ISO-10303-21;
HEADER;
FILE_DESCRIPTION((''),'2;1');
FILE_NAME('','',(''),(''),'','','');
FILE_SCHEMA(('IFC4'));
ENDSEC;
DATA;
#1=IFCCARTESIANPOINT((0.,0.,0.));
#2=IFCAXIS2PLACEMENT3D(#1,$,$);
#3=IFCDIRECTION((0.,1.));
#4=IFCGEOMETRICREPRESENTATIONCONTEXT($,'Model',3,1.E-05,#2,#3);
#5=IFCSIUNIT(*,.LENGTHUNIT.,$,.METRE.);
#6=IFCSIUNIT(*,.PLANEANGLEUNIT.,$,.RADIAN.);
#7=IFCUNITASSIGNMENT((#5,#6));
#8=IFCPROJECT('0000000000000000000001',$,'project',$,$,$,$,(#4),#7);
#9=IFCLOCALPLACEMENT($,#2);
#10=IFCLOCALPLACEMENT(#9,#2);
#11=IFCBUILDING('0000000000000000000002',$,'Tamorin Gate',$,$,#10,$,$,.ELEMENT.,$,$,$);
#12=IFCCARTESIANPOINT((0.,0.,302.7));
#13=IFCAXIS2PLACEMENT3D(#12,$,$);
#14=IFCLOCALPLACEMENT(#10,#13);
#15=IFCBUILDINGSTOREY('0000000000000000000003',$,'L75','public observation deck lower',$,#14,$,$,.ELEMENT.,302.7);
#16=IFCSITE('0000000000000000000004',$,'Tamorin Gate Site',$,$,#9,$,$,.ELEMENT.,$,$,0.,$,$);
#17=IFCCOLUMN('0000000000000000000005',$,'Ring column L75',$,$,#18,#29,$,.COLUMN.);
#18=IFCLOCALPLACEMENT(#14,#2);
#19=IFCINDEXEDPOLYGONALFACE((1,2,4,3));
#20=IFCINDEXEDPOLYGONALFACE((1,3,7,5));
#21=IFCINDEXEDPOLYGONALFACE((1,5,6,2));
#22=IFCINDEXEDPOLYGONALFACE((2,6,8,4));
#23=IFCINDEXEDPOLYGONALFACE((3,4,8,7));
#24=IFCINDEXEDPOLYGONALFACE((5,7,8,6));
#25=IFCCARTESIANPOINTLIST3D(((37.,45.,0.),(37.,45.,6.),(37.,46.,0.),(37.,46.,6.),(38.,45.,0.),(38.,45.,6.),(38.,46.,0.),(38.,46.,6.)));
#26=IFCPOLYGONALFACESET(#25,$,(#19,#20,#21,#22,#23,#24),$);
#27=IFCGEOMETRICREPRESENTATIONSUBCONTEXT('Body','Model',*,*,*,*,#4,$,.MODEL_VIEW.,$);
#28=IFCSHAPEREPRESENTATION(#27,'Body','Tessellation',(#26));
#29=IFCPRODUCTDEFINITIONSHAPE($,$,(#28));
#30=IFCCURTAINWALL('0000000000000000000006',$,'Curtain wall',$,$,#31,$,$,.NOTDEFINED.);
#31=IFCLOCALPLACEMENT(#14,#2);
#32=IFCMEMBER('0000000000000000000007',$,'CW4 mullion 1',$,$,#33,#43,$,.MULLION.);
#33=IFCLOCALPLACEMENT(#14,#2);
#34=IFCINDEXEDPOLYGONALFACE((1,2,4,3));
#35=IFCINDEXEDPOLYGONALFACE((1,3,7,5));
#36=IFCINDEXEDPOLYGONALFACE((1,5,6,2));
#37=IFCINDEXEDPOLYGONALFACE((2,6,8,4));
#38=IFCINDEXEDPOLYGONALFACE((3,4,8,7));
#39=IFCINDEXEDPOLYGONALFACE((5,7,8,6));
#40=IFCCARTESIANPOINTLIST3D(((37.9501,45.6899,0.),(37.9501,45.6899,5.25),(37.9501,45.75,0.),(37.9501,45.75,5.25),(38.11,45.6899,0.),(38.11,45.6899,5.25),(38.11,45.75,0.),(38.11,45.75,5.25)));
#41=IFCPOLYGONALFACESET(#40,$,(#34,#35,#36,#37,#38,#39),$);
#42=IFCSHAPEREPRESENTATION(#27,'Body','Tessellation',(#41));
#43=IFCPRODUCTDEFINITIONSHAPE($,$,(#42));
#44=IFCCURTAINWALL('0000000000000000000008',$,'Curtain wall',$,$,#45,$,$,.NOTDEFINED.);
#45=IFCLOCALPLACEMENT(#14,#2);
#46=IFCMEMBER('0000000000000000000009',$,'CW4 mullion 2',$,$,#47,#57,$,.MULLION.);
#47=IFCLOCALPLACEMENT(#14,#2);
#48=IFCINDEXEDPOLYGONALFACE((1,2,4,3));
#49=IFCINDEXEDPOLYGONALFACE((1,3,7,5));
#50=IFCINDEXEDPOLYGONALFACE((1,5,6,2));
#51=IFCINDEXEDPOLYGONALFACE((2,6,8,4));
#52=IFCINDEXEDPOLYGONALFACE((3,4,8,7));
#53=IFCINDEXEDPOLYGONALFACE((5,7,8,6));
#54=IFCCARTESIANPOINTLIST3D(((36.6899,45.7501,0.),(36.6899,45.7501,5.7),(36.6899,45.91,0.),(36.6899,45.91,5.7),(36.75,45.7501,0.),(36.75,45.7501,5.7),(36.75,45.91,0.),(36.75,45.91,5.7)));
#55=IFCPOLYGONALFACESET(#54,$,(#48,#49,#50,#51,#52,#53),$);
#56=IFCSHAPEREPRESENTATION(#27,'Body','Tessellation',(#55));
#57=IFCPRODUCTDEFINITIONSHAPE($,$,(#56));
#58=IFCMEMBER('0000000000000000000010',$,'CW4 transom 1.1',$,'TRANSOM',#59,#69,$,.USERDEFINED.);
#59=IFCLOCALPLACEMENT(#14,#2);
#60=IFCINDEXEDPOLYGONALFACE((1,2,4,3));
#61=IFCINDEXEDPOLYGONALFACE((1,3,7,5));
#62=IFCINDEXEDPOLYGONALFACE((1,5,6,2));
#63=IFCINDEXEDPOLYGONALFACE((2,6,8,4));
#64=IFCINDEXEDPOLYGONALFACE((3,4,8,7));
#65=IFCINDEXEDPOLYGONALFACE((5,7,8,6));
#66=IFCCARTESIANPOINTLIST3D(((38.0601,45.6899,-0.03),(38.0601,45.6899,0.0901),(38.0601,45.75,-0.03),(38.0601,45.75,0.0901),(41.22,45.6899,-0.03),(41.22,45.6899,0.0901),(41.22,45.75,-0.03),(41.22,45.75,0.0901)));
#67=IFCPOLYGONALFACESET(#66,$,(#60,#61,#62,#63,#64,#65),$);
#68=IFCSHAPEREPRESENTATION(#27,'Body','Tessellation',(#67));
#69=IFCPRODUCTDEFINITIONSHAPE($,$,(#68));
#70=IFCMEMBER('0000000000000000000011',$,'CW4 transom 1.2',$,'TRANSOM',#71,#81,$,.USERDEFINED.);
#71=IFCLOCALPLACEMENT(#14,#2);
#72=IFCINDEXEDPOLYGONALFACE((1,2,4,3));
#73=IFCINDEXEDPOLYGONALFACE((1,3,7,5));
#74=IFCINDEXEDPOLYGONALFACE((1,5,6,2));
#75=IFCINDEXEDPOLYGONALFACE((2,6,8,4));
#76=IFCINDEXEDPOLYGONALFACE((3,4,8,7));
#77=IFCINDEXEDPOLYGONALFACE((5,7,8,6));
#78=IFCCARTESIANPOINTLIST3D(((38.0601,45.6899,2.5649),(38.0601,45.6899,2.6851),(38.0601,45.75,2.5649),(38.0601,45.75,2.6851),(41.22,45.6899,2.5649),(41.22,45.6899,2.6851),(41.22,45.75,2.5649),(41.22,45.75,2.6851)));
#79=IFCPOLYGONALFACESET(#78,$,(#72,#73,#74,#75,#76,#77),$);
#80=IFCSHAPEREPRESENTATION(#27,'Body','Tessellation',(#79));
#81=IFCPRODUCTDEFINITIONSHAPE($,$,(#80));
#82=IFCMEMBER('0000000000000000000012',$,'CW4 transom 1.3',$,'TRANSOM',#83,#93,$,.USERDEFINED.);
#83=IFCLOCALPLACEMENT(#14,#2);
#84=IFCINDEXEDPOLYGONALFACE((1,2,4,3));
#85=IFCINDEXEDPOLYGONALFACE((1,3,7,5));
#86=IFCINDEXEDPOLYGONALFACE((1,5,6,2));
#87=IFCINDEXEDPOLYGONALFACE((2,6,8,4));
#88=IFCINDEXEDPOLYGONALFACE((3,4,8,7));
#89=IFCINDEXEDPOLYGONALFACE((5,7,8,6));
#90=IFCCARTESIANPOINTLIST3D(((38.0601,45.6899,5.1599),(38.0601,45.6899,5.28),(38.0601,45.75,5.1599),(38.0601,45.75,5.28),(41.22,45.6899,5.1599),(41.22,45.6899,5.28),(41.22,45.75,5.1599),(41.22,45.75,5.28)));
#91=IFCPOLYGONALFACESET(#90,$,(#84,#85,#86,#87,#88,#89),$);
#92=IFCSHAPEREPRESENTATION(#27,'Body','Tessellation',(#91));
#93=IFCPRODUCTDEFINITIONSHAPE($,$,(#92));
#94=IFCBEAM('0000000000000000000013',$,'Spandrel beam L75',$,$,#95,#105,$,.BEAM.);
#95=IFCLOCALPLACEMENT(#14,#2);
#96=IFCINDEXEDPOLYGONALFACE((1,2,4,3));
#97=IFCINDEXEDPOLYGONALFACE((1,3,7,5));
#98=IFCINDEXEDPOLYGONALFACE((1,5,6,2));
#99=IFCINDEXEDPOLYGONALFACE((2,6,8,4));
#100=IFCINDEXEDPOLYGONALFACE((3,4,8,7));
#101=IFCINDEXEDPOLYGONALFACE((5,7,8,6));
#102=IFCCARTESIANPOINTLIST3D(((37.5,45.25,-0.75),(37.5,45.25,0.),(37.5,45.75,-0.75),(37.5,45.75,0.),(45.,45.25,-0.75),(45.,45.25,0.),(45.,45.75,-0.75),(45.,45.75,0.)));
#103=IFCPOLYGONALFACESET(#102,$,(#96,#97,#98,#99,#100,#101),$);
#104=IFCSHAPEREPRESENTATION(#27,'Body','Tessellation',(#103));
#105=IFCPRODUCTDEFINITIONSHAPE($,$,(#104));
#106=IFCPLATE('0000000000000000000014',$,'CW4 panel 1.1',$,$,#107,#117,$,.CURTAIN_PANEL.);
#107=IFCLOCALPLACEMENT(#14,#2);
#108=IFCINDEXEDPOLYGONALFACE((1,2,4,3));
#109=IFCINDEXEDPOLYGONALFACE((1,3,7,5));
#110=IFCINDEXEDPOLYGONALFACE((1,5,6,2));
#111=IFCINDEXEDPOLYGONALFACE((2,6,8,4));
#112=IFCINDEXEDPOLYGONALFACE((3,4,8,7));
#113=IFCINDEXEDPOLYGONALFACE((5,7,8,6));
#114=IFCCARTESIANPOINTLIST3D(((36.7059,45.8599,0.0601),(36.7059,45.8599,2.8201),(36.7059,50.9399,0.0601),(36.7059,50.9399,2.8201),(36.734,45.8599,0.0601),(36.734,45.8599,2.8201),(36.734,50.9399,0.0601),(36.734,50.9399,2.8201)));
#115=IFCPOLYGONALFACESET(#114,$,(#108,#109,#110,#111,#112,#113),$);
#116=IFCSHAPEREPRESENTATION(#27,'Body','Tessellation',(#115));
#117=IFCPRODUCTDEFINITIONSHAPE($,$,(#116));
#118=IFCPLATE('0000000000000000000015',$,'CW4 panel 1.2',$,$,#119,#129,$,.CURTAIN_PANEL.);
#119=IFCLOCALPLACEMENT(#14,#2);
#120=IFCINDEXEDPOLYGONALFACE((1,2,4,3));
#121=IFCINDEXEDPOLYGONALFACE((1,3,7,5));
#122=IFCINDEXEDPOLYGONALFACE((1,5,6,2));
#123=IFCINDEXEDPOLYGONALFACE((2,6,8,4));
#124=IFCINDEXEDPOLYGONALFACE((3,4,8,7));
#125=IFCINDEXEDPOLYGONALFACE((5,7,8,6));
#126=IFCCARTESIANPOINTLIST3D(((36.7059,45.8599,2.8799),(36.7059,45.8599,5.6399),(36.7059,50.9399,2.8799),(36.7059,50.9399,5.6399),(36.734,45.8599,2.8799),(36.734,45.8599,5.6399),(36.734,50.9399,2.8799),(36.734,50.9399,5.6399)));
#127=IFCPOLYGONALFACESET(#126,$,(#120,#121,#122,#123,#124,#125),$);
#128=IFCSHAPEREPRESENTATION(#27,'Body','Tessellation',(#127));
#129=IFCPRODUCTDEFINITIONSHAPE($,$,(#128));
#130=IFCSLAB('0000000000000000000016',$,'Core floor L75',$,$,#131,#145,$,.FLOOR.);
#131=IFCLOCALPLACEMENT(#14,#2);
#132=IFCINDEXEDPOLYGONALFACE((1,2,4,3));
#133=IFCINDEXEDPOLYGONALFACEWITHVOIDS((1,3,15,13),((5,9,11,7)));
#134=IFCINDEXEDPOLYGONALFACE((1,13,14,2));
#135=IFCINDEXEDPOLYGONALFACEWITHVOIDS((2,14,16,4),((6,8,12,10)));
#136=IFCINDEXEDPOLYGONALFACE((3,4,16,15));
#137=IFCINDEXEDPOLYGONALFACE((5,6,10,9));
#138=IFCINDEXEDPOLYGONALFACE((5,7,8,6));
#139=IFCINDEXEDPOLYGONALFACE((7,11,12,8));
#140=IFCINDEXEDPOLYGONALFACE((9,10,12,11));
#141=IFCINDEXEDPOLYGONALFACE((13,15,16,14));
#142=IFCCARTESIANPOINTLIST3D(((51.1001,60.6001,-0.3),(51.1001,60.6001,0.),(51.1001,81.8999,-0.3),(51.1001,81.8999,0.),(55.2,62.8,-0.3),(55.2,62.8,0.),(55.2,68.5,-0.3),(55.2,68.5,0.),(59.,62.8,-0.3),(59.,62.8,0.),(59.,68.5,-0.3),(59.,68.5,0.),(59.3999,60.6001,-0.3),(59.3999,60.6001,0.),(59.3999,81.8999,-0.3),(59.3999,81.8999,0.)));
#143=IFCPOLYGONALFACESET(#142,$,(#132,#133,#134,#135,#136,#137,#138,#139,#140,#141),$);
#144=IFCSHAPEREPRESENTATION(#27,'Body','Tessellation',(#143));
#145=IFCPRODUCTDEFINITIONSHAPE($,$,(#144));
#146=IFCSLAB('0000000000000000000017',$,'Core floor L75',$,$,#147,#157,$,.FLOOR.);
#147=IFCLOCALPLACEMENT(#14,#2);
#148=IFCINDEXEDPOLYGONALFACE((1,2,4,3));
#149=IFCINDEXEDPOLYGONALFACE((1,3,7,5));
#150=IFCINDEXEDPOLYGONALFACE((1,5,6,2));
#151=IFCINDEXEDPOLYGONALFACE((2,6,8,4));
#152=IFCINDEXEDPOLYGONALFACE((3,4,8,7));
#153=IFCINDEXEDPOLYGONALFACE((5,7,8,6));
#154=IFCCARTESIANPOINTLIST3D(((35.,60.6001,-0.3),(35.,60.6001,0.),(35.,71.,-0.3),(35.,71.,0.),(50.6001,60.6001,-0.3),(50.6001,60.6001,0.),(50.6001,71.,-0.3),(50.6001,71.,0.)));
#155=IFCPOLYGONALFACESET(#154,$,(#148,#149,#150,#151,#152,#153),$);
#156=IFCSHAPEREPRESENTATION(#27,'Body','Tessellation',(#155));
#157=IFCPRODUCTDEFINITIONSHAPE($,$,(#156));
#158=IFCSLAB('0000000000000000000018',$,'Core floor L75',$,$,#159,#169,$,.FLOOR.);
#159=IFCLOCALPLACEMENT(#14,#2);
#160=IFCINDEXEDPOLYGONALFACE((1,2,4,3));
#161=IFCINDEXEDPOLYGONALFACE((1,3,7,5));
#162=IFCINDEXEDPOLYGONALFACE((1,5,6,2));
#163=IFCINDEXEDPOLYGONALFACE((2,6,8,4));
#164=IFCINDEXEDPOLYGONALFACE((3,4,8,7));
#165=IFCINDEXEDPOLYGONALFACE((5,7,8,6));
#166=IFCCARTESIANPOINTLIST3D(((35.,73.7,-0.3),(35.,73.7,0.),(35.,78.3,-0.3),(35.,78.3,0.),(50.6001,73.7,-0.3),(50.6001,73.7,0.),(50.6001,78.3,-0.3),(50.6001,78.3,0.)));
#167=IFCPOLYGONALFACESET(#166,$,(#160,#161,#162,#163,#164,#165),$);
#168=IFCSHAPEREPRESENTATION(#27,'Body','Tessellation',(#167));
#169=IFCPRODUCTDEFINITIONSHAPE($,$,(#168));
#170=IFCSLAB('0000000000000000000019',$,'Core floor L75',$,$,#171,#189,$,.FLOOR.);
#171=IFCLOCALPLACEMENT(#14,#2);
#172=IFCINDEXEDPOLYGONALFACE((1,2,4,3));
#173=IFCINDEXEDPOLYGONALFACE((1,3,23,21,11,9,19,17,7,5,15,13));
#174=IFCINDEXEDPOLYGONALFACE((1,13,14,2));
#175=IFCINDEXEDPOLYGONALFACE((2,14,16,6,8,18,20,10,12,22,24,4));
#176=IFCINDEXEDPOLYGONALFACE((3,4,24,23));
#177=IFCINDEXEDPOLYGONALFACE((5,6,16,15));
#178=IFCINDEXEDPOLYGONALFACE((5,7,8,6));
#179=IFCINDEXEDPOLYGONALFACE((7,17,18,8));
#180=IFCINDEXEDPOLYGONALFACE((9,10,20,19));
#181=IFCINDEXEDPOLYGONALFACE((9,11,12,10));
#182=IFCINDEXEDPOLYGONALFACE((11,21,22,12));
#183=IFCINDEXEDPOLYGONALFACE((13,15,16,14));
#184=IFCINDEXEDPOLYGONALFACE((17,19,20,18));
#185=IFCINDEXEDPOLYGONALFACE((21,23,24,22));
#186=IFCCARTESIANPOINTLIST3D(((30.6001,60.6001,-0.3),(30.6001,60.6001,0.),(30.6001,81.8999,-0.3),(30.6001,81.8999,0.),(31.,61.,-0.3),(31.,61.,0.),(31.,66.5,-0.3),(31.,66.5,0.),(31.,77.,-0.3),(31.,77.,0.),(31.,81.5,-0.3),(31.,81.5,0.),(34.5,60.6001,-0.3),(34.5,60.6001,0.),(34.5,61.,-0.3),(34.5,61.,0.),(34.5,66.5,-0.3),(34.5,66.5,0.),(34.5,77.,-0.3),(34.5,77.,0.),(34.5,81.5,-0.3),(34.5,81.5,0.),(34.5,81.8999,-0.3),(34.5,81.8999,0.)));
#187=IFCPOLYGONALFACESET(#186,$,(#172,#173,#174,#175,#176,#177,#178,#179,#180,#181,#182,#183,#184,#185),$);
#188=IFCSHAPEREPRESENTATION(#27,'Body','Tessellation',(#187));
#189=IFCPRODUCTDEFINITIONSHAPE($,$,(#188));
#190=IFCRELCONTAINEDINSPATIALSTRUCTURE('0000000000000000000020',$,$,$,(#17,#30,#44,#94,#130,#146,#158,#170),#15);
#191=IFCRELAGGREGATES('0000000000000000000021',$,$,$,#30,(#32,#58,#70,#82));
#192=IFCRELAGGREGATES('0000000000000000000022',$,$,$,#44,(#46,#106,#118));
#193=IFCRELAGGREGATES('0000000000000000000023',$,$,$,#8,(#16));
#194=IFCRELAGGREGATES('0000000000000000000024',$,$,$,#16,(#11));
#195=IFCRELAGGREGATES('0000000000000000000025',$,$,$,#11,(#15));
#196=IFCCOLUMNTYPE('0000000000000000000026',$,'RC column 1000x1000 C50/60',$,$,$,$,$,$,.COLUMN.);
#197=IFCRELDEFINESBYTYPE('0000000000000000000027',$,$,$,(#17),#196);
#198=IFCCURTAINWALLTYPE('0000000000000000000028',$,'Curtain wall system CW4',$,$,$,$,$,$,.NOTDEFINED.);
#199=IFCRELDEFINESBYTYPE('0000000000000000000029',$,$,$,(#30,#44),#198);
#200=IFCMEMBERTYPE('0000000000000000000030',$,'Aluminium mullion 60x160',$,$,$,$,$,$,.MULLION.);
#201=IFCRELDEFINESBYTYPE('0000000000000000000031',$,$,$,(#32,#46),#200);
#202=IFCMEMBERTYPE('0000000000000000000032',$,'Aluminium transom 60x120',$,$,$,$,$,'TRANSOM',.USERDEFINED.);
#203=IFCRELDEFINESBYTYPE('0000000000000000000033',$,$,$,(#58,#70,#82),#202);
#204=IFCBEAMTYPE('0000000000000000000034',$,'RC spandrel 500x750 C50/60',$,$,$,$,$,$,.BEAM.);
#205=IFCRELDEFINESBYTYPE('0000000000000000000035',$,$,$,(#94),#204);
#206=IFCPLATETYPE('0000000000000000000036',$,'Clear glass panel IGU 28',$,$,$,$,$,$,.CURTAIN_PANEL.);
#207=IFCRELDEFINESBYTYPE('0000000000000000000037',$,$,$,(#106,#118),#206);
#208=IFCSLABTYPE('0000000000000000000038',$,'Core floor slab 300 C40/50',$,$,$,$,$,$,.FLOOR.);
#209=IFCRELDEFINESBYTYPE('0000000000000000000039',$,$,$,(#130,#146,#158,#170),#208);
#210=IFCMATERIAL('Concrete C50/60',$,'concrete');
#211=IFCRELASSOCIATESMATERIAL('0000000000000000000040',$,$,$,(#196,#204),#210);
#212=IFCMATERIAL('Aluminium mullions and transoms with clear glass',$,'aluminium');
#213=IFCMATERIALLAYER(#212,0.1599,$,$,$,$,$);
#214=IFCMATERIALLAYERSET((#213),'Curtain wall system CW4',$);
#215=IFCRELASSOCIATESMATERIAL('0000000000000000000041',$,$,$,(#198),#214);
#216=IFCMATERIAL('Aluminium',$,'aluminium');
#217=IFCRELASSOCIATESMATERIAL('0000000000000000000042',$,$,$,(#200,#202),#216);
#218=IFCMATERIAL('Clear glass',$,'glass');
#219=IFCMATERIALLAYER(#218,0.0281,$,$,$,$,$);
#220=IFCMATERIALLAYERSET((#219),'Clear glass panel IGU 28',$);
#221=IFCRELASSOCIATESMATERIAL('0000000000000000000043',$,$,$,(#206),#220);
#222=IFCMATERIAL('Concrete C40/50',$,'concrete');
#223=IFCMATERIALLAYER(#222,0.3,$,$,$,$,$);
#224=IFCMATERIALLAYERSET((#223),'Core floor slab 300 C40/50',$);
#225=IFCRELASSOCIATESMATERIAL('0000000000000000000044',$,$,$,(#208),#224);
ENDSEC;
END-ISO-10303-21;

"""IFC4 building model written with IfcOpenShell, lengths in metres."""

from ifc_helpers import new_model, si_unit, direction, frame, origin, origin_2d, place, context, subcontext, project, spatial, polyline, rectangle, outline, extrude, material, layer, layer_set, material_profile, profile_set, type_object, element, aggregate, save


model = new_model("IFC4")

# Units and contexts
model_context = context("Model", 3, precision=1e-05, world=origin(), true_north=direction((0.0, 1.0)))
body_context = subcontext(model_context, "Body", "Model", "MODEL_VIEW")
ifc_project = project(units=[si_unit("LENGTHUNIT", "METRE"), si_unit("PLANEANGLEUNIT", "RADIAN")], contexts=[model_context])

# Site, building, storey
site_placement = place(None, origin())
site = spatial("IfcSite", under=ifc_project, at=site_placement, Name="Tamorin Gate Site", CompositionType="ELEMENT", RefElevation=0.0)
building_placement = place(site_placement, origin())
building = spatial("IfcBuilding", under=site, at=building_placement, Name="Tamorin Gate", CompositionType="ELEMENT")
storey_placement = place(building_placement, frame((0.0, 0.0, 302.7)))
storey = spatial("IfcBuildingStorey", under=building, at=storey_placement, Name="L75", Description="public observation deck lower", CompositionType="ELEMENT", Elevation=302.7)

# Column
ifc_material_1 = material(Name="Concrete C50/60", Category="concrete")
ifc_material_profile_1 = material_profile(ifc_material_1, rectangle(XDim=1.0, YDim=1.0, at=origin_2d()), Name="RC 1000x1000")
ifc_profile_set_1 = profile_set([ifc_material_profile_1], Name="Concrete C50/60")
column_type = type_object("IfcColumnType", Name="RC column 1000x1000 C50/60", PredefinedType="COLUMN", material=ifc_profile_set_1)
column_placement = place(storey_placement, frame((37.5, 45.5, 0.0), z_axis=(0.0, 0.0, 1.0), x_axis=(1.0, 0.0, 0.0)))
element("IfcColumn", 1, at=column_placement, inside=storey, type_object=column_type, Name="Ring column L75", PredefinedType="COLUMN", context=body_context, shape_type="SweptSolid", body=[
    extrude(rectangle(XDim=1.0, YDim=1.0, at=origin_2d()), origin(), (0.0, 0.0, 1.0), 6.0),
])

# Curtain walls, members
ifc_material_2 = material(Name="Aluminium mullions and transoms with clear glass", Category="aluminium")
ifc_layer_1 = layer(ifc_material_2, 0.1599)
ifc_layer_set_1 = layer_set([ifc_layer_1], Name="Curtain wall system CW4")
curtain_wall_type = type_object("IfcCurtainWallType", Name="Curtain wall system CW4", PredefinedType="NOTDEFINED", material=ifc_layer_set_1)
curtain_wall_1_placement = place(storey_placement, origin())
curtain_wall_1 = element("IfcCurtainWall", 2, at=curtain_wall_1_placement, inside=storey, type_object=curtain_wall_type, Name="Curtain wall", PredefinedType="NOTDEFINED")
ifc_material_3 = material(Name="Aluminium", Category="aluminium")
ifc_material_profile_2 = material_profile(ifc_material_3, rectangle(XDim=0.0601, YDim=0.1599, at=origin_2d()), Name="RECT 60x160")
ifc_profile_set_2 = profile_set([ifc_material_profile_2], Name="Aluminium")
member_type_1 = type_object("IfcMemberType", Name="Aluminium mullion 60x160", PredefinedType="MULLION", material=ifc_profile_set_2)
member_1_placement = place(storey_placement, frame((38.03, 45.72, 0.0), z_axis=(0.0, 0.0, 1.0), x_axis=(0.0, 1.0, 0.0)))
member_1 = element("IfcMember", 3, at=member_1_placement, type_object=member_type_1, Name="CW4 mullion 1", PredefinedType="MULLION", context=body_context, shape_type="SweptSolid", body=[
    extrude(rectangle(XDim=0.0601, YDim=0.1599, at=origin_2d()), origin(), (0.0, 0.0, 1.0), 5.25),
])
curtain_wall_2_placement = place(storey_placement, origin())
curtain_wall_2 = element("IfcCurtainWall", 4, at=curtain_wall_2_placement, inside=storey, type_object=curtain_wall_type, Name="Curtain wall", PredefinedType="NOTDEFINED")
member_2_placement = place(storey_placement, frame((36.72, 45.8301, 0.0), z_axis=(0.0, 0.0, 1.0), x_axis=(1.0, 0.0, 0.0)))
member_2 = element("IfcMember", 5, at=member_2_placement, type_object=member_type_1, Name="CW4 mullion 2", PredefinedType="MULLION", context=body_context, shape_type="SweptSolid", body=[
    extrude(rectangle(XDim=0.0601, YDim=0.1599, at=origin_2d()), origin(), (0.0, 0.0, 1.0), 5.7),
])

# Members
ifc_material_profile_3 = material_profile(ifc_material_3, rectangle(XDim=0.0601, YDim=0.1201, at=origin_2d()), Name="RECT 60x120")
ifc_profile_set_3 = profile_set([ifc_material_profile_3], Name="Aluminium")
member_type_2 = type_object("IfcMemberType", Name="Aluminium transom 60x120", ElementType="TRANSOM", PredefinedType="USERDEFINED", material=ifc_profile_set_3)
member_3_placement = place(storey_placement, frame((38.0601, 45.72, 0.03), z_axis=(1.0, 0.0, 0.0), x_axis=(0.0, 1.0, 0.0)))
member_3 = element("IfcMember", 6, at=member_3_placement, type_object=member_type_2, Name="CW4 transom 1.1", ObjectType="TRANSOM", PredefinedType="USERDEFINED", context=body_context, shape_type="SweptSolid", body=[
    extrude(rectangle(XDim=0.0601, YDim=0.1201, at=origin_2d()), origin(), (0.0, 0.0, 1.0), 3.1599),
])
member_4_placement = place(storey_placement, frame((38.0601, 45.72, 2.625), z_axis=(1.0, 0.0, 0.0), x_axis=(0.0, 1.0, 0.0)))
member_4 = element("IfcMember", 7, at=member_4_placement, type_object=member_type_2, Name="CW4 transom 1.2", ObjectType="TRANSOM", PredefinedType="USERDEFINED", context=body_context, shape_type="SweptSolid", body=[
    extrude(rectangle(XDim=0.0601, YDim=0.1201, at=origin_2d()), origin(), (0.0, 0.0, 1.0), 3.1599),
])
member_5_placement = place(storey_placement, frame((38.0601, 45.72, 5.22), z_axis=(1.0, 0.0, 0.0), x_axis=(0.0, 1.0, 0.0)))
member_5 = element("IfcMember", 8, at=member_5_placement, type_object=member_type_2, Name="CW4 transom 1.3", ObjectType="TRANSOM", PredefinedType="USERDEFINED", context=body_context, shape_type="SweptSolid", body=[
    extrude(rectangle(XDim=0.0601, YDim=0.1201, at=origin_2d()), origin(), (0.0, 0.0, 1.0), 3.1599),
])
aggregate(curtain_wall_1, [member_1, member_3, member_4, member_5])

# Beam
ifc_material_profile_4 = material_profile(ifc_material_1, rectangle(XDim=0.5, YDim=0.75, at=origin_2d()), Name="RC 500x750")
ifc_profile_set_4 = profile_set([ifc_material_profile_4], Name="Concrete C50/60")
beam_type = type_object("IfcBeamType", Name="RC spandrel 500x750 C50/60", PredefinedType="BEAM", material=ifc_profile_set_4)
beam_placement = place(storey_placement, frame((37.5, 45.5, -0.375), z_axis=(1.0, 0.0, 0.0), x_axis=(0.0, 1.0, 0.0)))
element("IfcBeam", 9, at=beam_placement, inside=storey, type_object=beam_type, Name="Spandrel beam L75", PredefinedType="BEAM", context=body_context, shape_type="SweptSolid", body=[
    extrude(rectangle(XDim=0.5, YDim=0.75, at=origin_2d()), origin(), (0.0, 0.0, 1.0), 7.5),
])

# Plates
ifc_material_4 = material(Name="Clear glass", Category="glass")
ifc_layer_2 = layer(ifc_material_4, 0.0281)
ifc_layer_set_2 = layer_set([ifc_layer_2], Name="Clear glass panel IGU 28")
plate_type = type_object("IfcPlateType", Name="Clear glass panel IGU 28", PredefinedType="CURTAIN_PANEL", material=ifc_layer_set_2)
plate_1_placement = place(storey_placement, frame((36.72, 48.3999, 0.0601), z_axis=(0.0, 0.0, 1.0), x_axis=(0.0, -1.0, 0.0)))
plate_1 = element("IfcPlate", 10, at=plate_1_placement, type_object=plate_type, Name="CW4 panel 1.1", PredefinedType="CURTAIN_PANEL", context=body_context, shape_type="SweptSolid", body=[
    extrude(rectangle(XDim=5.0801, YDim=0.0281, at=origin_2d()), origin(), (0.0, 0.0, 1.0), 2.76),
])
plate_2_placement = place(storey_placement, frame((36.72, 48.3999, 2.8799), z_axis=(0.0, 0.0, 1.0), x_axis=(0.0, -1.0, 0.0)))
plate_2 = element("IfcPlate", 11, at=plate_2_placement, type_object=plate_type, Name="CW4 panel 1.2", PredefinedType="CURTAIN_PANEL", context=body_context, shape_type="SweptSolid", body=[
    extrude(rectangle(XDim=5.0801, YDim=0.0281, at=origin_2d()), origin(), (0.0, 0.0, 1.0), 2.76),
])
aggregate(curtain_wall_2, [member_2, plate_1, plate_2])

# Slabs
ifc_material_5 = material(Name="Concrete C40/50", Category="concrete")
ifc_layer_3 = layer(ifc_material_5, 0.3)
ifc_layer_set_3 = layer_set([ifc_layer_3], Name="Core floor slab 300 C40/50")
slab_type_1 = type_object("IfcSlabType", Name="Core floor slab 300 C40/50", PredefinedType="FLOOR", material=ifc_layer_set_3)
slab_1_placement = place(storey_placement, frame((0.0, 0.0, -0.3)))
element("IfcSlab", 12, at=slab_1_placement, inside=storey, type_object=slab_type_1, Name="Core floor L75", PredefinedType="FLOOR", context=body_context, shape_type="SweptSolid", body=[
    extrude(outline(polyline([(51.1001, 81.8999), (59.3999, 81.8999), (59.3999, 60.6001), (51.1001, 60.6001), (51.1001, 81.8999)]), holes=[polyline([(55.2, 62.8), (59.0, 62.8), (59.0, 68.5), (55.2, 68.5), (55.2, 62.8)])]), origin(), (0.0, 0.0, 1.0), 0.3),
])
slab_2_placement = place(storey_placement, frame((0.0, 0.0, -0.3)))
element("IfcSlab", 13, at=slab_2_placement, inside=storey, type_object=slab_type_1, Name="Core floor L75", PredefinedType="FLOOR", context=body_context, shape_type="SweptSolid", body=[
    extrude(outline(polyline([(50.6001, 71.0), (50.6001, 60.6001), (35.0, 60.6001), (35.0, 71.0), (50.6001, 71.0)])), origin(), (0.0, 0.0, 1.0), 0.3),
])
slab_3_placement = place(storey_placement, frame((0.0, 0.0, -0.3)))
element("IfcSlab", 14, at=slab_3_placement, inside=storey, type_object=slab_type_1, Name="Core floor L75", PredefinedType="FLOOR", context=body_context, shape_type="SweptSolid", body=[
    extrude(outline(polyline([(50.6001, 73.7), (35.0, 73.7), (35.0, 78.3), (50.6001, 78.3), (50.6001, 73.7)])), origin(), (0.0, 0.0, 1.0), 0.3),
])
slab_4_placement = place(storey_placement, frame((0.0, 0.0, -0.3)))
element("IfcSlab", 15, at=slab_4_placement, inside=storey, type_object=slab_type_1, Name="Core floor L75", PredefinedType="FLOOR", context=body_context, shape_type="SweptSolid", body=[
    extrude(outline(polyline([(34.5, 60.6001), (30.6001, 60.6001), (30.6001, 81.8999), (34.5, 81.8999), (34.5, 81.5), (31.0, 81.5), (31.0, 77.0), (34.5, 77.0), (34.5, 66.5), (31.0, 66.5), (31.0, 61.0), (34.5, 61.0), (34.5, 60.6001)])), origin(), (0.0, 0.0, 1.0), 0.3),
])

save(model, "model.ifc")
